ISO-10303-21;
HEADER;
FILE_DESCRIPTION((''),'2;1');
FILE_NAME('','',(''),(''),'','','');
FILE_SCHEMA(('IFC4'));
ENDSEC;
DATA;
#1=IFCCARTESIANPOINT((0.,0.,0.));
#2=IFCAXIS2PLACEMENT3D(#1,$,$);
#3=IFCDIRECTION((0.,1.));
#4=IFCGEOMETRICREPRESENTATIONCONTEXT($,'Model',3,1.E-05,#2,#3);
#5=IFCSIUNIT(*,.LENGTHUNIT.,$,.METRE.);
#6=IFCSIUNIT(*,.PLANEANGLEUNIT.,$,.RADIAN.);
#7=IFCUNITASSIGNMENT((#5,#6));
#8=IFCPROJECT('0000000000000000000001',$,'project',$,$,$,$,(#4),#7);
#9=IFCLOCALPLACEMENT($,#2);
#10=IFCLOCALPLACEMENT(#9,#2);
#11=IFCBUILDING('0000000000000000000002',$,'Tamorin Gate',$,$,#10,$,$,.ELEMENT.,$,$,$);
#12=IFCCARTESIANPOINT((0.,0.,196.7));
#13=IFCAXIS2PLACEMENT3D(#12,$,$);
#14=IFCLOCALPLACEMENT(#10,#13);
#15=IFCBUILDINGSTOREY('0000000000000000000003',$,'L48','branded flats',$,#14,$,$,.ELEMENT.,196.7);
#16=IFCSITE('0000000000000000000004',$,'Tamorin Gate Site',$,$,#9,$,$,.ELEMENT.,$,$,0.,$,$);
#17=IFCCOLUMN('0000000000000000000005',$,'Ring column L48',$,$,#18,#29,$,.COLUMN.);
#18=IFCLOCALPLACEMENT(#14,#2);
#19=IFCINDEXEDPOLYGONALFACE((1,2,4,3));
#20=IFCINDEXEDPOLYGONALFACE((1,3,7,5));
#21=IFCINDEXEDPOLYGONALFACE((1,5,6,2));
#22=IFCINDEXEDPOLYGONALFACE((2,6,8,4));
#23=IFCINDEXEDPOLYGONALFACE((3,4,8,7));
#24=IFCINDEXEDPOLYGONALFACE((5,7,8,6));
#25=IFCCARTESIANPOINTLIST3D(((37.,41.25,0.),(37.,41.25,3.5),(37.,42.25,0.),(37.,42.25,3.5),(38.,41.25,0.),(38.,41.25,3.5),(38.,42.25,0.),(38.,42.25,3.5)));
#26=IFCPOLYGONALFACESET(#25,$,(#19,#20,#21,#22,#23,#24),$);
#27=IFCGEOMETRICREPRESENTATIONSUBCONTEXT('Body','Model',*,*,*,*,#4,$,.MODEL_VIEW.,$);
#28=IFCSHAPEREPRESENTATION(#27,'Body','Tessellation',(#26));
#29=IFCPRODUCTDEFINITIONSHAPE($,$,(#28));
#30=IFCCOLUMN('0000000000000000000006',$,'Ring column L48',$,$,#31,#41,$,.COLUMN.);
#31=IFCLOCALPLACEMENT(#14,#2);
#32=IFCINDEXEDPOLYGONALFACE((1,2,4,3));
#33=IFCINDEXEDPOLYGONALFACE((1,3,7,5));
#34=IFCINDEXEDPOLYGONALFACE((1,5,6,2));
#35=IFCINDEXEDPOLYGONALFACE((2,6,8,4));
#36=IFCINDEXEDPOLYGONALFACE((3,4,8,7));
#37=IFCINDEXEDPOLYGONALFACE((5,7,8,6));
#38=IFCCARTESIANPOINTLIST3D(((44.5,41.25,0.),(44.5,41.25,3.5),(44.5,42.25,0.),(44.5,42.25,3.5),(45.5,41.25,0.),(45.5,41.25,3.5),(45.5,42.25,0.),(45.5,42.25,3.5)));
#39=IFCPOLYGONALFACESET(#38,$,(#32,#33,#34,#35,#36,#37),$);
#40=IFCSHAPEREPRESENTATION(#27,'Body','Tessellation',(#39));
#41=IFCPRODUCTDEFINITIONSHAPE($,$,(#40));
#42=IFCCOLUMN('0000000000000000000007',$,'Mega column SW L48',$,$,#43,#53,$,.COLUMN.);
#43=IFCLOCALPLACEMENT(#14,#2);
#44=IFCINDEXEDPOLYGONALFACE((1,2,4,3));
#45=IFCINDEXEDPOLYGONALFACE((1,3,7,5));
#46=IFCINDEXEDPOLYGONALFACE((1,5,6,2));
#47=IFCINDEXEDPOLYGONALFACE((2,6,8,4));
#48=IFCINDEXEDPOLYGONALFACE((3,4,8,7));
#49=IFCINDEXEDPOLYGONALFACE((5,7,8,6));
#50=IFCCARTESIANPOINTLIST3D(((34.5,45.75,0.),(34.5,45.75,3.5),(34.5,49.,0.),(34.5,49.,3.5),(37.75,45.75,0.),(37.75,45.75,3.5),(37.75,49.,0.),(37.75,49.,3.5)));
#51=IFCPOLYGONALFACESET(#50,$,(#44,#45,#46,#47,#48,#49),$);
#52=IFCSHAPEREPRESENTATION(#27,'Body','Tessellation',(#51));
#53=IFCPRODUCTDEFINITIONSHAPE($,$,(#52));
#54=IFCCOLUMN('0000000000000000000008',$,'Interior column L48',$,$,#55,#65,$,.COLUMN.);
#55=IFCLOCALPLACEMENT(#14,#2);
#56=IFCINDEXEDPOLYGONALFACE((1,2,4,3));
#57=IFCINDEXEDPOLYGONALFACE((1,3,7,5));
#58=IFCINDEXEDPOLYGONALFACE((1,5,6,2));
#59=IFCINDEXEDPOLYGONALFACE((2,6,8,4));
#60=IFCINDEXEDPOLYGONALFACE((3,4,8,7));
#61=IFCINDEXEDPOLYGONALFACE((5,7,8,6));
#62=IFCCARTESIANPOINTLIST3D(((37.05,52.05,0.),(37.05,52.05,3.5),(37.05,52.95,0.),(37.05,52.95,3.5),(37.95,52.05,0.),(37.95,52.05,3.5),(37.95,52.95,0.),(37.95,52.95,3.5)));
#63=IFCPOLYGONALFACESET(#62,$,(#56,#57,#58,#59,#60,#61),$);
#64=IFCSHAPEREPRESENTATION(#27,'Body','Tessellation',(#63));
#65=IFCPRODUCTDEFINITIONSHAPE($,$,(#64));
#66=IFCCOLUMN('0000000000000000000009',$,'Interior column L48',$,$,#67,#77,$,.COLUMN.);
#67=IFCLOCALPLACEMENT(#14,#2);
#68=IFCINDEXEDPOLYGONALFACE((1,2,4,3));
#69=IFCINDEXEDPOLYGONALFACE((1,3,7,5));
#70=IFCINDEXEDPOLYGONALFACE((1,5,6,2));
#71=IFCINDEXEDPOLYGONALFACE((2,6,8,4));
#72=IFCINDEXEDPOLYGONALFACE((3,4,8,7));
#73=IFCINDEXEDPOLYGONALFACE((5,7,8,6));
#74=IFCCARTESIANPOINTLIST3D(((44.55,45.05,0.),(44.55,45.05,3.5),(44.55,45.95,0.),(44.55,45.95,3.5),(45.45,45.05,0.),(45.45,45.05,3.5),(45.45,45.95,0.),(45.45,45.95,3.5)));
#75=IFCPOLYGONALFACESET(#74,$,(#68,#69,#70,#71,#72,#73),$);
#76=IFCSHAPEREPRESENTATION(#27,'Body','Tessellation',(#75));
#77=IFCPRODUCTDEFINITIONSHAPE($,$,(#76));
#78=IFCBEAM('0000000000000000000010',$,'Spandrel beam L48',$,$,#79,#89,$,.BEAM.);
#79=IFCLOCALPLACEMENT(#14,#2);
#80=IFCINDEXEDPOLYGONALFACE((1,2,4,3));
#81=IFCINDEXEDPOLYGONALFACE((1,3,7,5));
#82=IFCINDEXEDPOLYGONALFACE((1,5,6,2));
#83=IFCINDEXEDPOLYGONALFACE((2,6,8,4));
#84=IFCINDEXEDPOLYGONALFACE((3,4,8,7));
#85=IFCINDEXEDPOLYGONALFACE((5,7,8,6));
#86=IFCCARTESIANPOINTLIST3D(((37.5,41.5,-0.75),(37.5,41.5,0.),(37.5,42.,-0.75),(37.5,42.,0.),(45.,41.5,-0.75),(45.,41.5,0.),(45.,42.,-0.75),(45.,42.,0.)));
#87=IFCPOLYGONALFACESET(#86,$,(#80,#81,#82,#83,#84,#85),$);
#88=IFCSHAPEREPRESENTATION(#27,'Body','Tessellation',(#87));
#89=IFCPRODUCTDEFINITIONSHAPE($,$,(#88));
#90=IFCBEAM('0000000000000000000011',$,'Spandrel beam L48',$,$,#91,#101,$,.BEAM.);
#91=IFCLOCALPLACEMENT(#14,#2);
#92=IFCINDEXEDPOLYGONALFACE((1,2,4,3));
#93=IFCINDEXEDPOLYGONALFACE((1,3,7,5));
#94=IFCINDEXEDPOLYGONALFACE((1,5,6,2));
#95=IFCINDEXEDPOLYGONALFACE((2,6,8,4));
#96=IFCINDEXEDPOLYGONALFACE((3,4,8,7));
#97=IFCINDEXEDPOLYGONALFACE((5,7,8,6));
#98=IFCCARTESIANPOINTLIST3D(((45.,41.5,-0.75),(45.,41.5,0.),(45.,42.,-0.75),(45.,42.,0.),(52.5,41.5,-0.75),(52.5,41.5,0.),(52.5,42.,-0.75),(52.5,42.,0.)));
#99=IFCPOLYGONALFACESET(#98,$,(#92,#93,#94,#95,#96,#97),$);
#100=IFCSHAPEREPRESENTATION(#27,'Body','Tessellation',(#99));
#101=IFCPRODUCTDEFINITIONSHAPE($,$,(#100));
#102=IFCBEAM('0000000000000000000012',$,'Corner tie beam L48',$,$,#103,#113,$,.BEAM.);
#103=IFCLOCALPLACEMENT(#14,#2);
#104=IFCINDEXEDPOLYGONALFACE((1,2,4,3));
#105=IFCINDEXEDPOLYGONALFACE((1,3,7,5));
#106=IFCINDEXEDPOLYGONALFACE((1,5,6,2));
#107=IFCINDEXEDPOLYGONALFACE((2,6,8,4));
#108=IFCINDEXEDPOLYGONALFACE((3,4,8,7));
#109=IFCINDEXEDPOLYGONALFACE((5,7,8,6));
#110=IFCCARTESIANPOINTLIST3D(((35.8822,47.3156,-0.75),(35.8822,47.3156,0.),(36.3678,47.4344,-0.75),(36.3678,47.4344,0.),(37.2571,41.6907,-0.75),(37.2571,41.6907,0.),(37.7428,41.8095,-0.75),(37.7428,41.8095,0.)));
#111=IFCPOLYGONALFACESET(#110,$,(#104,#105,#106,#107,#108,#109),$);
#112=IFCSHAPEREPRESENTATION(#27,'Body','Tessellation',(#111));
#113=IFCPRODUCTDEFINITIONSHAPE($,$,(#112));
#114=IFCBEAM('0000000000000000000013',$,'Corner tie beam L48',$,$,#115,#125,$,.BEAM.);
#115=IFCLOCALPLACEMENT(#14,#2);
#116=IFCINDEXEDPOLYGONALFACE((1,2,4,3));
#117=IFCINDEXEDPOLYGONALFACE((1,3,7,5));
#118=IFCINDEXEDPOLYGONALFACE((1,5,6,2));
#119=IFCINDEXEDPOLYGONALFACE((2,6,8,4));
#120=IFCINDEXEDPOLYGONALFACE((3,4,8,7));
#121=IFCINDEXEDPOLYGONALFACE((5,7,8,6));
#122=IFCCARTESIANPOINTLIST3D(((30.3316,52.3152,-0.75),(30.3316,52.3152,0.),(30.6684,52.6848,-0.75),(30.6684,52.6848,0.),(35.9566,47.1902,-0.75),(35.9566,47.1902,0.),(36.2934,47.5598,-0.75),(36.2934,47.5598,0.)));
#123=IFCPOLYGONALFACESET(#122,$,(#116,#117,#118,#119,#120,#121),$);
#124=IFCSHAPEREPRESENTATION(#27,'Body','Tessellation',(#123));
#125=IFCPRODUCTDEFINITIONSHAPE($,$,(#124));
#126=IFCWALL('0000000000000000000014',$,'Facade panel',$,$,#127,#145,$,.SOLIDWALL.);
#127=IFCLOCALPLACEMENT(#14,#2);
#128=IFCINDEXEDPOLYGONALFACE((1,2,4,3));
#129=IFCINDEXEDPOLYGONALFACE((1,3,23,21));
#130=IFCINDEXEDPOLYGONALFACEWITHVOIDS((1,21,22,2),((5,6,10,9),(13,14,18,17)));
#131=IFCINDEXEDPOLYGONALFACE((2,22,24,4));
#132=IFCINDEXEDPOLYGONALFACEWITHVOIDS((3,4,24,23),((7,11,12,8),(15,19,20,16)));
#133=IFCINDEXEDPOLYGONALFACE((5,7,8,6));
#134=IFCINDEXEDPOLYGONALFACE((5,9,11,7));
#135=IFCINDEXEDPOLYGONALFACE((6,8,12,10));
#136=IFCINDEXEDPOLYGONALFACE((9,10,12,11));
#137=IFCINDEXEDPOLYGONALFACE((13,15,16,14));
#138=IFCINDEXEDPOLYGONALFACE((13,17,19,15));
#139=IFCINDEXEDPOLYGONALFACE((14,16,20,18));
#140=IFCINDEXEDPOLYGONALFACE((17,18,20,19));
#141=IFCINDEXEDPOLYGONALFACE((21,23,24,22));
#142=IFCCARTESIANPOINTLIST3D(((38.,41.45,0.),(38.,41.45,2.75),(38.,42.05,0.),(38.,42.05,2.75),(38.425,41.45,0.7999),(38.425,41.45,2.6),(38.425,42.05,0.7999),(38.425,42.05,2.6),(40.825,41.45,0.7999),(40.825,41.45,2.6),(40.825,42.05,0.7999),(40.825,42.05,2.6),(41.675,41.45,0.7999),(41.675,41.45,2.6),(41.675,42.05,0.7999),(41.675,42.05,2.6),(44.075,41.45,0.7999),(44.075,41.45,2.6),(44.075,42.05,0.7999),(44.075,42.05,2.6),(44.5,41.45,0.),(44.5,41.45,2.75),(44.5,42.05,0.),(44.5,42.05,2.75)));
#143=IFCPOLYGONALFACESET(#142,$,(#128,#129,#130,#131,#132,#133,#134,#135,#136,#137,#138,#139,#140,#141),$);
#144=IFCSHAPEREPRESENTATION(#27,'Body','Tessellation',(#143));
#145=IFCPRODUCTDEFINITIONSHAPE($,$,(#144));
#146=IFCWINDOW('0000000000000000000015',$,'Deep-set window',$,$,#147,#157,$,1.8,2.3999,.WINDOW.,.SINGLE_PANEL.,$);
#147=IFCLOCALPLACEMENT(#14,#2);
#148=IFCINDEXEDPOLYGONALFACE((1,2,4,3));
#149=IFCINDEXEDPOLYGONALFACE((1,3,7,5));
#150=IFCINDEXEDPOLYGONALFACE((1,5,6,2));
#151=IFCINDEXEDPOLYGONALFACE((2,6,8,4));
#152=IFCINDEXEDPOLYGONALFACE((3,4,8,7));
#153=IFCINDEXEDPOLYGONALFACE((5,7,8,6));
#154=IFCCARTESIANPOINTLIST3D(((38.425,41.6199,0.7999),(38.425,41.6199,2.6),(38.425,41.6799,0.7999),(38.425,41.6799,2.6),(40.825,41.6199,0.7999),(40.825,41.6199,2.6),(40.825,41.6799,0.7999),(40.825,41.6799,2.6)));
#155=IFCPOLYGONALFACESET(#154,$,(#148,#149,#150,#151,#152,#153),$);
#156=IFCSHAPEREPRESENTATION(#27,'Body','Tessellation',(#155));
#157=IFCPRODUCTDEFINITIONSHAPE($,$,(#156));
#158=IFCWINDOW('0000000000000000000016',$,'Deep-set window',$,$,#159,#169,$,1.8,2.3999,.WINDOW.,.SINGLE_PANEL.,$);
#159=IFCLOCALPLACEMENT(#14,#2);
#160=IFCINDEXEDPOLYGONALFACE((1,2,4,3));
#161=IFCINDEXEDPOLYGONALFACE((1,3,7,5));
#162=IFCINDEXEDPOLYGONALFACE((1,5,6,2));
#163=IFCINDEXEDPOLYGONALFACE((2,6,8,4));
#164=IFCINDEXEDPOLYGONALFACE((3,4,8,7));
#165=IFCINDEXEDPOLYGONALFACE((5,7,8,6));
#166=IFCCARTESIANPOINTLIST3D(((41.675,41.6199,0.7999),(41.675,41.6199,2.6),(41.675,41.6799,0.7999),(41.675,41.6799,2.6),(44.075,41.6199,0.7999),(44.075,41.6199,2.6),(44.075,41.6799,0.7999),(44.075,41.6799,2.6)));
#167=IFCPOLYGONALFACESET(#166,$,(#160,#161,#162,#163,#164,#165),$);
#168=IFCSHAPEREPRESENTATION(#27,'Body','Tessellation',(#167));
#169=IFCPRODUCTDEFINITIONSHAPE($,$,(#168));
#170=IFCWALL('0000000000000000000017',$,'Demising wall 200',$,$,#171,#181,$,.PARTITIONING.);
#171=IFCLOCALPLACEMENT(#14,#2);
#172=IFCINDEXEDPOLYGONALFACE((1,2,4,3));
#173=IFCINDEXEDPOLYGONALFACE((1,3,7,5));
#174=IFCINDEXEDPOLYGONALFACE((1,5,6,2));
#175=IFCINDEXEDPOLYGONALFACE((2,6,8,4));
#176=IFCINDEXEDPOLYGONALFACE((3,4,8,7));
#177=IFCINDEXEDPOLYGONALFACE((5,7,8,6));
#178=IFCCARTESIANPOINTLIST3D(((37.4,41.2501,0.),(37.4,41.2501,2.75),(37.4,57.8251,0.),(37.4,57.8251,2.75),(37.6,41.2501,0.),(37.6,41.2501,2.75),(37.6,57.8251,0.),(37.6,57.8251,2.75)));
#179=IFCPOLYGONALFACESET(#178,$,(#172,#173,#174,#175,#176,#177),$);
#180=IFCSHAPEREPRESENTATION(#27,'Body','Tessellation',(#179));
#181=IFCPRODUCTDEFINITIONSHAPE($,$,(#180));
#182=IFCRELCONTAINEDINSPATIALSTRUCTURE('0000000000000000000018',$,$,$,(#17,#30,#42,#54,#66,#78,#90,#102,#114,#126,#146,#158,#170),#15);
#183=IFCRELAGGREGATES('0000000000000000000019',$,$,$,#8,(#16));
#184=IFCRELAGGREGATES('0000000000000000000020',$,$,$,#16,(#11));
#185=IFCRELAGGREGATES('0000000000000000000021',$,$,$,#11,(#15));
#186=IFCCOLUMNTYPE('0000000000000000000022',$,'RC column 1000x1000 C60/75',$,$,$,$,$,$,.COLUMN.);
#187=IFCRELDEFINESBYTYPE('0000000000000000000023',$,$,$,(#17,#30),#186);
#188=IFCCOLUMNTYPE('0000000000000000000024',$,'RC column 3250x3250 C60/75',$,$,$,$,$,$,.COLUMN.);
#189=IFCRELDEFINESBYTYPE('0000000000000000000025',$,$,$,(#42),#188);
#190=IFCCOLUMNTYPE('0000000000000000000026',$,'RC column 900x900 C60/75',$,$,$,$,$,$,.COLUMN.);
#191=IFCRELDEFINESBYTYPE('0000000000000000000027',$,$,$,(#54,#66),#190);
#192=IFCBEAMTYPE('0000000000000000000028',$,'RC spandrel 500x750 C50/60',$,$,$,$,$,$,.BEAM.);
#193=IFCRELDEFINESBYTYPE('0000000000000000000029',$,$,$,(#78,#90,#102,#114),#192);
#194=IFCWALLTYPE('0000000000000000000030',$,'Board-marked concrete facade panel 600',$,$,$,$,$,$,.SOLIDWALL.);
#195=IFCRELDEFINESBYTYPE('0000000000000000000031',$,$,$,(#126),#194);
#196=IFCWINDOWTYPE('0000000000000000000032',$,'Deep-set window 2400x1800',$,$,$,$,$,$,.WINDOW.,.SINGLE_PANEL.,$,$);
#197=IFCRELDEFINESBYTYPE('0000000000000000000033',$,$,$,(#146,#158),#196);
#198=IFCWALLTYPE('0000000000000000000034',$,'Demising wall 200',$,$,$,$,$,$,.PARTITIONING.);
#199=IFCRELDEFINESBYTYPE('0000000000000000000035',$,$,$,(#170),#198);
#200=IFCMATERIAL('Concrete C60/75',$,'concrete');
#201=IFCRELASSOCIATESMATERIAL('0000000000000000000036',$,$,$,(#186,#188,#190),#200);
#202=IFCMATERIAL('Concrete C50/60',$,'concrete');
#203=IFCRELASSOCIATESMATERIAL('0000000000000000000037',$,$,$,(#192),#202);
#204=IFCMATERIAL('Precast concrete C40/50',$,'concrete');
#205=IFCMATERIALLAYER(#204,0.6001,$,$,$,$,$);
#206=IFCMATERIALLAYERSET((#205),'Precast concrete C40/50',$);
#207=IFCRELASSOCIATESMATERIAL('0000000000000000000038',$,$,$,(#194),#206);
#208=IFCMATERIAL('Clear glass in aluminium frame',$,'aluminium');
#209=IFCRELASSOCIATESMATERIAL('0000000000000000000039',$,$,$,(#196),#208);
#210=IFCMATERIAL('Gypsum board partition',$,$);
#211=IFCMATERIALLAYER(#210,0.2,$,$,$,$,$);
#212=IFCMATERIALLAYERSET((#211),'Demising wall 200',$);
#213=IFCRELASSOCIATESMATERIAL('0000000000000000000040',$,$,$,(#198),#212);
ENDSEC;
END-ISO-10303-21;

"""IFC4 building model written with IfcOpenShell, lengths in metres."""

from ifc_helpers import new_model, si_unit, direction, frame, frame_2d, origin, origin_2d, place, context, subcontext, project, spatial, rectangle, extrude, material, layer, layer_set, material_profile, profile_set, type_object, element, fill, save


model = new_model("IFC4")

# Units and contexts
model_context = context("Model", 3, precision=1e-05, world=origin(), true_north=direction((0.0, 1.0)))
body_context = subcontext(model_context, "Body", "Model", "MODEL_VIEW")
ifc_project = project(units=[si_unit("LENGTHUNIT", "METRE"), si_unit("PLANEANGLEUNIT", "RADIAN")], contexts=[model_context])

# Site, building, storey
site_placement = place(None, origin())
site = spatial("IfcSite", under=ifc_project, at=site_placement, Name="Tamorin Gate Site", CompositionType="ELEMENT", RefElevation=0.0)
building_placement = place(site_placement, origin())
building = spatial("IfcBuilding", under=site, at=building_placement, Name="Tamorin Gate", CompositionType="ELEMENT")
storey_placement = place(building_placement, frame((0.0, 0.0, 196.7)))
storey = spatial("IfcBuildingStorey", under=building, at=storey_placement, Name="L48", Description="branded flats", CompositionType="ELEMENT", Elevation=196.7)

# Columns
ifc_material_1 = material(Name="Concrete C60/75", Category="concrete")
ifc_material_profile_1 = material_profile(ifc_material_1, rectangle(XDim=1.0, YDim=1.0, at=origin_2d()), Name="RC 1000x1000")
ifc_profile_set_1 = profile_set([ifc_material_profile_1], Name="Concrete C60/75")
column_type_1 = type_object("IfcColumnType", Name="RC column 1000x1000 C60/75", PredefinedType="COLUMN", material=ifc_profile_set_1)
for number, where, z_axis, x_axis, name in (
    (1, (37.5, 41.75, 0.0), (0.0, 0.0, 1.0), (1.0, 0.0, 0.0), "Ring column L48"),
    (2, (45.0, 41.75, 0.0), (0.0, 0.0, 1.0), (1.0, 0.0, 0.0), "Ring column L48"),
):
    element("IfcColumn", number, at=place(storey_placement, frame(where, z_axis=z_axis, x_axis=x_axis)), inside=storey, type_object=column_type_1, Name=name, PredefinedType="COLUMN", context=body_context, shape_type="SweptSolid", body=[
        extrude(rectangle(XDim=1.0, YDim=1.0, at=origin_2d()), origin(), (0.0, 0.0, 1.0), 3.5),
    ])
ifc_material_profile_2 = material_profile(ifc_material_1, rectangle(XDim=3.25, YDim=3.25, at=origin_2d()), Name="RC 3250x3250")
ifc_profile_set_2 = profile_set([ifc_material_profile_2], Name="Concrete C60/75")
column_type_2 = type_object("IfcColumnType", Name="RC column 3250x3250 C60/75", PredefinedType="COLUMN", material=ifc_profile_set_2)
column_placement = place(storey_placement, frame((36.125, 47.375, 0.0), z_axis=(0.0, 0.0, 1.0), x_axis=(1.0, 0.0, 0.0)))
element("IfcColumn", 3, at=column_placement, inside=storey, type_object=column_type_2, Name="Mega column SW L48", PredefinedType="COLUMN", context=body_context, shape_type="SweptSolid", body=[
    extrude(rectangle(XDim=3.25, YDim=3.25, at=origin_2d()), origin(), (0.0, 0.0, 1.0), 3.5),
])
ifc_material_profile_3 = material_profile(ifc_material_1, rectangle(XDim=0.8999, YDim=0.8999, at=origin_2d()), Name="RC 900x900")
ifc_profile_set_3 = profile_set([ifc_material_profile_3], Name="Concrete C60/75")
column_type_3 = type_object("IfcColumnType", Name="RC column 900x900 C60/75", PredefinedType="COLUMN", material=ifc_profile_set_3)
for number, where, z_axis, x_axis, name in (
    (4, (37.5, 52.5, 0.0), (0.0, 0.0, 1.0), (1.0, 0.0, 0.0), "Interior column L48"),
    (5, (45.0, 45.5, 0.0), (0.0, 0.0, 1.0), (1.0, 0.0, 0.0), "Interior column L48"),
):
    element("IfcColumn", number, at=place(storey_placement, frame(where, z_axis=z_axis, x_axis=x_axis)), inside=storey, type_object=column_type_3, Name=name, PredefinedType="COLUMN", context=body_context, shape_type="SweptSolid", body=[
        extrude(rectangle(XDim=0.8999, YDim=0.8999, at=origin_2d()), origin(), (0.0, 0.0, 1.0), 3.5),
    ])

# Beams
ifc_material_2 = material(Name="Concrete C50/60", Category="concrete")
ifc_material_profile_4 = material_profile(ifc_material_2, rectangle(XDim=0.5, YDim=0.75, at=origin_2d()), Name="RC 500x750")
ifc_profile_set_4 = profile_set([ifc_material_profile_4], Name="Concrete C50/60")
beam_type = type_object("IfcBeamType", Name="RC spandrel 500x750 C50/60", PredefinedType="BEAM", material=ifc_profile_set_4)
for number, where, z_axis, x_axis, name in (
    (6, (37.5, 41.75, -0.375), (1.0, 0.0, 0.0), (0.0, 1.0, 0.0), "Spandrel beam L48"),
    (7, (45.0, 41.75, -0.375), (1.0, 0.0, 0.0), (0.0, 1.0, 0.0), "Spandrel beam L48"),
):
    element("IfcBeam", number, at=place(storey_placement, frame(where, z_axis=z_axis, x_axis=x_axis)), inside=storey, type_object=beam_type, Name=name, PredefinedType="BEAM", context=body_context, shape_type="SweptSolid", body=[
        extrude(rectangle(XDim=0.5, YDim=0.75, at=origin_2d()), origin(), (0.0, 0.0, 1.0), 7.5),
    ])
beam_1_placement = place(storey_placement, frame((36.125, 47.375, -0.375), z_axis=(0.237453, -0.971399, 0.0), x_axis=(0.971399, 0.237453, 0.0)))
element("IfcBeam", 8, at=beam_1_placement, inside=storey, type_object=beam_type, Name="Corner tie beam L48", PredefinedType="BEAM", context=body_context, shape_type="SweptSolid", body=[
    extrude(rectangle(XDim=0.5, YDim=0.75, at=origin_2d()), origin(), (0.0, 0.0, 1.0), 5.7905),
])
beam_2_placement = place(storey_placement, frame((36.125, 47.375, -0.375), z_axis=(-0.739196, 0.67349, 0.0), x_axis=(-0.67349, -0.739196, 0.0)))
element("IfcBeam", 9, at=beam_2_placement, inside=storey, type_object=beam_type, Name="Corner tie beam L48", PredefinedType="BEAM", context=body_context, shape_type="SweptSolid", body=[
    extrude(rectangle(XDim=0.5, YDim=0.75, at=origin_2d()), origin(), (0.0, 0.0, 1.0), 7.6096),
])

# Wall, openings, windows
ifc_material_3 = material(Name="Precast concrete C40/50", Category="concrete")
ifc_layer_1 = layer(ifc_material_3, 0.6001)
ifc_layer_set_1 = layer_set([ifc_layer_1], Name="Precast concrete C40/50")
wall_type_1 = type_object("IfcWallType", Name="Board-marked concrete facade panel 600", PredefinedType="SOLIDWALL", material=ifc_layer_set_1)
wall_1_placement = place(storey_placement, frame((38.0, 41.75, 0.0), z_axis=(0.0, 0.0, 1.0), x_axis=(1.0, 0.0, 0.0)))
wall_1 = element("IfcWall", 10, at=wall_1_placement, inside=storey, type_object=wall_type_1, Name="Facade panel", PredefinedType="SOLIDWALL", context=body_context, shape_type="SweptSolid", body=[
    extrude(rectangle(XDim=6.5, YDim=0.6001, at=frame_2d((3.25, 0.0))), origin(), (0.0, 0.0, 1.0), 2.75),
])
opening_1_placement = place(wall_1_placement, frame((0.425, 0.0, 0.8)))
opening_1 = element("IfcOpeningElement", 11, at=opening_1_placement, cuts=wall_1, PredefinedType="OPENING", context=body_context, shape_type="SweptSolid", body=[
    extrude(rectangle(XDim=2.3999, YDim=1.8, at=frame_2d((1.2, 0.8999))), frame((0.0, 0.3101, 0.0), z_axis=(0.0, -1.0, 0.0), x_axis=(1.0, 0.0, 0.0)), (0.0, 0.0, 1.0), 0.6201),
])
opening_2_placement = place(wall_1_placement, frame((3.675, 0.0, 0.8)))
opening_2 = element("IfcOpeningElement", 12, at=opening_2_placement, cuts=wall_1, PredefinedType="OPENING", context=body_context, shape_type="SweptSolid", body=[
    extrude(rectangle(XDim=2.3999, YDim=1.8, at=frame_2d((1.2, 0.8999))), frame((0.0, 0.3101, 0.0), z_axis=(0.0, -1.0, 0.0), x_axis=(1.0, 0.0, 0.0)), (0.0, 0.0, 1.0), 0.6201),
])
ifc_material_4 = material(Name="Clear glass in aluminium frame", Category="aluminium")
window_type = type_object("IfcWindowType", Name="Deep-set window 2400x1800", PartitioningType="SINGLE_PANEL", PredefinedType="WINDOW", material=ifc_material_4)
window_1_placement = place(opening_1_placement, origin())
window_1 = element("IfcWindow", 13, at=window_1_placement, inside=storey, type_object=window_type, Name="Deep-set window", OverallHeight=1.8, OverallWidth=2.3999, PartitioningType="SINGLE_PANEL", PredefinedType="WINDOW", context=body_context, shape_type="SweptSolid", body=[
    extrude(rectangle(XDim=2.3999, YDim=1.8, at=frame_2d((1.2, 0.8999))), frame((0.0, -0.0701, 0.0), z_axis=(0.0, -1.0, 0.0), x_axis=(1.0, 0.0, 0.0)), (0.0, 0.0, 1.0), 0.0601),
])
fill(opening_1, window_1)
window_2_placement = place(opening_2_placement, origin())
window_2 = element("IfcWindow", 14, at=window_2_placement, inside=storey, type_object=window_type, Name="Deep-set window", OverallHeight=1.8, OverallWidth=2.3999, PartitioningType="SINGLE_PANEL", PredefinedType="WINDOW", context=body_context, shape_type="SweptSolid", body=[
    extrude(rectangle(XDim=2.3999, YDim=1.8, at=frame_2d((1.2, 0.8999))), frame((0.0, -0.0701, 0.0), z_axis=(0.0, -1.0, 0.0), x_axis=(1.0, 0.0, 0.0)), (0.0, 0.0, 1.0), 0.0601),
])
fill(opening_2, window_2)

# Wall
ifc_material_5 = material(Name="Gypsum board partition")
ifc_layer_2 = layer(ifc_material_5, 0.2)
ifc_layer_set_2 = layer_set([ifc_layer_2], Name="Demising wall 200")
wall_type_2 = type_object("IfcWallType", Name="Demising wall 200", PredefinedType="PARTITIONING", material=ifc_layer_set_2)
wall_2_placement = place(storey_placement, frame((37.5, 41.25, 0.0), z_axis=(0.0, 0.0, 1.0), x_axis=(0.0, 1.0, 0.0)))
element("IfcWall", 15, at=wall_2_placement, inside=storey, type_object=wall_type_2, Name="Demising wall 200", PredefinedType="PARTITIONING", context=body_context, shape_type="SweptSolid", body=[
    extrude(rectangle(XDim=16.575, YDim=0.2, at=frame_2d((8.2876, 0.0))), origin(), (0.0, 0.0, 1.0), 2.75),
])

save(model, "model.ifc")
